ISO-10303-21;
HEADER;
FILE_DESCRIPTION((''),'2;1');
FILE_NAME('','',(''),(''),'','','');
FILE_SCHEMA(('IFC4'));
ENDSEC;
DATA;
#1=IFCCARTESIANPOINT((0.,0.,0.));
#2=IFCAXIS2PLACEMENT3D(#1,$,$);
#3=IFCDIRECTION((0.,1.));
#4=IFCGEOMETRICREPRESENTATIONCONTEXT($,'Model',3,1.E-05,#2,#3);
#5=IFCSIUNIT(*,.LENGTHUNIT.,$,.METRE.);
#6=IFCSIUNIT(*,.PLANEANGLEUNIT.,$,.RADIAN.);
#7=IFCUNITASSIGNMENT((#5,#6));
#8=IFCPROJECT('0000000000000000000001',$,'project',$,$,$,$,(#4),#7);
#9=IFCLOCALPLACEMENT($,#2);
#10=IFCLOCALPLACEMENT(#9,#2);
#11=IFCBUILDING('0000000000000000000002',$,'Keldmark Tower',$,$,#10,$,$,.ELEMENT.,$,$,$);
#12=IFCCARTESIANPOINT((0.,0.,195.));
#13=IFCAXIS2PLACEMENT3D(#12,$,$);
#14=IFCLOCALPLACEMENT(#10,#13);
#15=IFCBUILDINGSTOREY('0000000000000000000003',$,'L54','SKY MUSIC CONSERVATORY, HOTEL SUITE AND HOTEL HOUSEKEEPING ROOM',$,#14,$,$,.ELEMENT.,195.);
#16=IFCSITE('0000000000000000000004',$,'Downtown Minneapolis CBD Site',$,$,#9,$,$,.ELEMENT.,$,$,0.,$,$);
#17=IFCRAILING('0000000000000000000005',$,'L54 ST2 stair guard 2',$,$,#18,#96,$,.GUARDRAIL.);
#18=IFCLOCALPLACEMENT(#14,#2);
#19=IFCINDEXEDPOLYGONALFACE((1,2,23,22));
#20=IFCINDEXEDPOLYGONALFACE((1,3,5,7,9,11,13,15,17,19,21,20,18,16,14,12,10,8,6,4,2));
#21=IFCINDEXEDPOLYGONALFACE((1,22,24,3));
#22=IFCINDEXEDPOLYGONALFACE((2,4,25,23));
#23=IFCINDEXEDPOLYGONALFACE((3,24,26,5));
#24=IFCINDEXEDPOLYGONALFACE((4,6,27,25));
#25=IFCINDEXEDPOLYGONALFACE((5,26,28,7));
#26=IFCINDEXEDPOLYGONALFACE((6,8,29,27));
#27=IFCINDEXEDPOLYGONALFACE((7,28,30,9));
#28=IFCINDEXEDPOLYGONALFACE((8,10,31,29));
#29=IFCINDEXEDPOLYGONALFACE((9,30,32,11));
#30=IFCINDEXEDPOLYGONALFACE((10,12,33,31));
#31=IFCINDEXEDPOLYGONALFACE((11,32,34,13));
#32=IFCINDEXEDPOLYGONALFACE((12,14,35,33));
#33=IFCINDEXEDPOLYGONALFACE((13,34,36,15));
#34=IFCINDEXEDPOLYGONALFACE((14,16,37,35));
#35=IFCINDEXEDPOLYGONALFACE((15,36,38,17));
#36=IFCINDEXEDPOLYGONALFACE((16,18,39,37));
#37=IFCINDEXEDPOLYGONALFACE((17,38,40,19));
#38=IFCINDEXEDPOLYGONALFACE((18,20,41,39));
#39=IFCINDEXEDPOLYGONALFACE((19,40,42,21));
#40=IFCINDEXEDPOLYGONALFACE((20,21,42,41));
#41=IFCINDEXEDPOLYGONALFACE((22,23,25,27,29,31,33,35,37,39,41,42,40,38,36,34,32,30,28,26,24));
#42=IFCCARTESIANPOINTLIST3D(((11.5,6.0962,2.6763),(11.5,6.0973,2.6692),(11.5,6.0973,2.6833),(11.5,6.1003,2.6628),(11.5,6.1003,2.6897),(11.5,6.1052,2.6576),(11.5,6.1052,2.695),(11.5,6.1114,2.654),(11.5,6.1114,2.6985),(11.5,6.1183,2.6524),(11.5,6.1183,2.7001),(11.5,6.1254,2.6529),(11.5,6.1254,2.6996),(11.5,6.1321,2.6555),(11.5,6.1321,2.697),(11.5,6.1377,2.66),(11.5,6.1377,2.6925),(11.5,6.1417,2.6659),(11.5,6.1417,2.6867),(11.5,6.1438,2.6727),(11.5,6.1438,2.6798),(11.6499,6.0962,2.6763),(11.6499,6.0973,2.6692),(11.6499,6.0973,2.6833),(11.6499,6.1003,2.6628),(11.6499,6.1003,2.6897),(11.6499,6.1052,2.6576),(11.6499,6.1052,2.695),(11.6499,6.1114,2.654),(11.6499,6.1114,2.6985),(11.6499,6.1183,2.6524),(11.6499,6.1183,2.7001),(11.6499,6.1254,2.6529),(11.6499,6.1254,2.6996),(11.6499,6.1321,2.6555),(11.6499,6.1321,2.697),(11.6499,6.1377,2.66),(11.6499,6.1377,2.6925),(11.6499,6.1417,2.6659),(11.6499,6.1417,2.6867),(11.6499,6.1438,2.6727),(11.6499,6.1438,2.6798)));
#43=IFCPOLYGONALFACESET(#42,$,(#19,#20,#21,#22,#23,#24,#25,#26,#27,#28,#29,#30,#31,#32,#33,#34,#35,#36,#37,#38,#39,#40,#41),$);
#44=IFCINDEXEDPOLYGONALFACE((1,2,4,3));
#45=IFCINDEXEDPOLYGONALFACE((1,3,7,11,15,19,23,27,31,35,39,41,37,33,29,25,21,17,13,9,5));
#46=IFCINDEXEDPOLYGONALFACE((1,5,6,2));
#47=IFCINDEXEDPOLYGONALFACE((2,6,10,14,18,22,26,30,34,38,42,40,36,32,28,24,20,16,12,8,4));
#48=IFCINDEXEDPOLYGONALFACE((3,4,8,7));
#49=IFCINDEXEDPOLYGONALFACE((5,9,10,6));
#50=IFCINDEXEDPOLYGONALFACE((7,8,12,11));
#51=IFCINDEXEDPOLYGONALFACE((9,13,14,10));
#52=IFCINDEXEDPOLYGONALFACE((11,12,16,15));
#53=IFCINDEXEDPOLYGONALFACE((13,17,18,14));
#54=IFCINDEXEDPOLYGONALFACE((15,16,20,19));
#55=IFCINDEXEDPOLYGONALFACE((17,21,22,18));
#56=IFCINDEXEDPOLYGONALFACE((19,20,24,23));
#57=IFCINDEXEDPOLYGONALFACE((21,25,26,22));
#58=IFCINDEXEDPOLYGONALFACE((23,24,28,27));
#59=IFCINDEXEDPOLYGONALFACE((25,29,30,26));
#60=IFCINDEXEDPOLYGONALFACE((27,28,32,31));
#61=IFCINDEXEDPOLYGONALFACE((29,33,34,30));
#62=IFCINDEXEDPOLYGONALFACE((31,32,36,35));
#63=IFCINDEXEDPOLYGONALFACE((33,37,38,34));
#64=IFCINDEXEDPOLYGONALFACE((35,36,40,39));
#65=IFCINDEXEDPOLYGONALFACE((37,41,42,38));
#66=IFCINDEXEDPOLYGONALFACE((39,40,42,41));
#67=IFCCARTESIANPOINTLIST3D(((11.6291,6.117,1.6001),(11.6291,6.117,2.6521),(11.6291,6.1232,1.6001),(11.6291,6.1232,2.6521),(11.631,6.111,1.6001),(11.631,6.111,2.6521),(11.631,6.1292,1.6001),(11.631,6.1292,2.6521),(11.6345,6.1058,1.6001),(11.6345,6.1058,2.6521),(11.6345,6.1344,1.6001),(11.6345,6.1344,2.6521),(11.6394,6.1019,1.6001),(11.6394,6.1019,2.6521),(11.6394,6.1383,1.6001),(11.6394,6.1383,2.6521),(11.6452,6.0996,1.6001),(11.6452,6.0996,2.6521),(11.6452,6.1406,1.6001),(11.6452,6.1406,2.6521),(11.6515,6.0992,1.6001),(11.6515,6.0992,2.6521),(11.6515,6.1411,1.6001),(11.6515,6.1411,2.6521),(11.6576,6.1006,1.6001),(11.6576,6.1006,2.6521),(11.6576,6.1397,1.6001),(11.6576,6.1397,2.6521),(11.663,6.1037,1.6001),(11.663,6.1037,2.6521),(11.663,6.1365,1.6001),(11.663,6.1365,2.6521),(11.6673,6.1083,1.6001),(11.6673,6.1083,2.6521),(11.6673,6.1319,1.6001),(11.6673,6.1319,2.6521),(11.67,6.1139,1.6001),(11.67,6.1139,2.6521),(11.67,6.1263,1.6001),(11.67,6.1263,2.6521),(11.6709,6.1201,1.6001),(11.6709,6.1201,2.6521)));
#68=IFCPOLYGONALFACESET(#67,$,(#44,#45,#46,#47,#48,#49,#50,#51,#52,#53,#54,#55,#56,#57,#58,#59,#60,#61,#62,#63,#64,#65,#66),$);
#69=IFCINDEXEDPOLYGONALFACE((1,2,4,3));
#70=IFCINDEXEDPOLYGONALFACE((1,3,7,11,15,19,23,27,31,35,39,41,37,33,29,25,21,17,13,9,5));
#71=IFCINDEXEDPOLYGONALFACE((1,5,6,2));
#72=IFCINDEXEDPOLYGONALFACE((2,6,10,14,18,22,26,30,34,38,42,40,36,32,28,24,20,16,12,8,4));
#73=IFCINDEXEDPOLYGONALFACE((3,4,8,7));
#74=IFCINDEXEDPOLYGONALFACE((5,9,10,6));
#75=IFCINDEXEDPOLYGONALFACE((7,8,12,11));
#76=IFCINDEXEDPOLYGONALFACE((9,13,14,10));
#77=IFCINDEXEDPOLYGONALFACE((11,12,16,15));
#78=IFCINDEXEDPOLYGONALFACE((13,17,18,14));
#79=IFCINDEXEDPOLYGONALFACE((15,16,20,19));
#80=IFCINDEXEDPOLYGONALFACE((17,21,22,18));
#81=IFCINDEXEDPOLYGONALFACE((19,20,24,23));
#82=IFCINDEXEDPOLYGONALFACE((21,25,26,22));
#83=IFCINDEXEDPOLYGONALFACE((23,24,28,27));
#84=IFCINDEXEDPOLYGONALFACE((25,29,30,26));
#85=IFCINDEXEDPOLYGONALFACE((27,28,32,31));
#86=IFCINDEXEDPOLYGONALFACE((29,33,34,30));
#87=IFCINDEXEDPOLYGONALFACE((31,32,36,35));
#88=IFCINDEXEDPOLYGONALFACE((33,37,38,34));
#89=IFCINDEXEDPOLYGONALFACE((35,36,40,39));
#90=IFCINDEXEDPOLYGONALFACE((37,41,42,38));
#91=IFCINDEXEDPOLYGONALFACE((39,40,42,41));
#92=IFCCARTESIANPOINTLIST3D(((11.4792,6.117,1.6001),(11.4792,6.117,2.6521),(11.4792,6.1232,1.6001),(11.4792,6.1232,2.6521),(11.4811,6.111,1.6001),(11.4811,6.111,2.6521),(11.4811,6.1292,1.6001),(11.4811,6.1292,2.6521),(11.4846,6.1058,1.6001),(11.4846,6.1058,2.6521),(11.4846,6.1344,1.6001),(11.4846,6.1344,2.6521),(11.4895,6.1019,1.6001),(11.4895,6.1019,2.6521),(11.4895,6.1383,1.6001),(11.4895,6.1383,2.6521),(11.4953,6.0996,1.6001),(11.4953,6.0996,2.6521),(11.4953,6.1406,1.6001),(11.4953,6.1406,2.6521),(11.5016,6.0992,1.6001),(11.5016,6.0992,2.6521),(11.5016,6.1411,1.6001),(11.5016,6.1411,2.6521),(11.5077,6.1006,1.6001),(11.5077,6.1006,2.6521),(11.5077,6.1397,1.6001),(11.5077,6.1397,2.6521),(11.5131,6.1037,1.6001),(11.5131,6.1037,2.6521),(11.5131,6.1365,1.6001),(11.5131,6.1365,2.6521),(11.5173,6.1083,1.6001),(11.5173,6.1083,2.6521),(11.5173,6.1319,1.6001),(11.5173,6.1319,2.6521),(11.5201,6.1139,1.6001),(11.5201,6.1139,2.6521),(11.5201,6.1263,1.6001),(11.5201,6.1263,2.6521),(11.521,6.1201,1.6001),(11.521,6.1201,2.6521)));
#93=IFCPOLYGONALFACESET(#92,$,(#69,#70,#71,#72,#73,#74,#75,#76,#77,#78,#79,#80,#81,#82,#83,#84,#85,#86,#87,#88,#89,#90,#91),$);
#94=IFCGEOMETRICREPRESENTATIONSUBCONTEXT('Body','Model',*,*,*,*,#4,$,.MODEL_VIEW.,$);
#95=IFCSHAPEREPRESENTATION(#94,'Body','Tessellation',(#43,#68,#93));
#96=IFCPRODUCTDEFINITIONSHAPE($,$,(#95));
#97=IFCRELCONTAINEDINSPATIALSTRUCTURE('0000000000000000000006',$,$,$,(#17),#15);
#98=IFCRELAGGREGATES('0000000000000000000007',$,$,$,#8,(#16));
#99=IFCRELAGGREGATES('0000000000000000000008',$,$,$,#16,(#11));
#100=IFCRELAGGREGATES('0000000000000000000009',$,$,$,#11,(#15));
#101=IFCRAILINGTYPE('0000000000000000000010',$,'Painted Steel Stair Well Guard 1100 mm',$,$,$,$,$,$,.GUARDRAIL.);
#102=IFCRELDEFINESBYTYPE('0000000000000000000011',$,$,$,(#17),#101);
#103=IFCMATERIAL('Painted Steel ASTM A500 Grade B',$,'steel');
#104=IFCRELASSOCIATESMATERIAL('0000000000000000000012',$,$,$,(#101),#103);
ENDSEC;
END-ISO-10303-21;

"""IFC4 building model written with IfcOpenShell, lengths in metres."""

from ifc_helpers import new_model, si_unit, direction, frame, origin, origin_2d, place, context, subcontext, project, spatial, circle, extrude, material, type_object, element, save


model = new_model("IFC4")

# Units and contexts
model_context = context("Model", 3, precision=1e-05, world=origin(), true_north=direction((0.0, 1.0)))
body_context = subcontext(model_context, "Body", "Model", "MODEL_VIEW")
ifc_project = project(units=[si_unit("LENGTHUNIT", "METRE"), si_unit("PLANEANGLEUNIT", "RADIAN")], contexts=[model_context])

# Site, building, storey
site_placement = place(None, origin())
site = spatial("IfcSite", under=ifc_project, at=site_placement, Name="Downtown Minneapolis CBD Site", CompositionType="ELEMENT", RefElevation=0.0)
building_placement = place(site_placement, origin())
building = spatial("IfcBuilding", under=site, at=building_placement, Name="Keldmark Tower", CompositionType="ELEMENT")
storey_placement = place(building_placement, frame((0.0, 0.0, 195.0)))
storey = spatial("IfcBuildingStorey", under=building, at=storey_placement, Name="L54", Description="SKY MUSIC CONSERVATORY, HOTEL SUITE AND HOTEL HOUSEKEEPING ROOM", CompositionType="ELEMENT", Elevation=195.0)

# Railing
ifc_material_1 = material(Name="Painted Steel ASTM A500 Grade B", Category="steel")
railing_type_1 = type_object("IfcRailingType", Name="Painted Steel Stair Well Guard 1100 mm", PredefinedType="GUARDRAIL", material=ifc_material_1)
railing_1_placement = place(storey_placement, frame((11.6499, 6.1201, 1.6001)))
element("IfcRailing", 1, at=railing_1_placement, inside=storey, type_object=railing_type_1, Name="L54 ST2 stair guard 2", PredefinedType="GUARDRAIL", context=body_context, shape_type="SweptSolid", body=[
    extrude(circle(Radius=0.0239, at=origin_2d()), frame((0.0, 0.0, 1.0762), z_axis=(-1.0, 0.0, 0.0), x_axis=(0.0, -1.0, 0.0)), (0.0, 0.0, 1.0), 0.1499),
    extrude(circle(Radius=0.021, at=origin_2d()), origin(), (0.0, 0.0, 1.0), 1.052),
    extrude(circle(Radius=0.021, at=origin_2d()), frame((-0.1499, 0.0, 0.0)), (0.0, 0.0, 1.0), 1.052),
])

save(model, "model.ifc")
